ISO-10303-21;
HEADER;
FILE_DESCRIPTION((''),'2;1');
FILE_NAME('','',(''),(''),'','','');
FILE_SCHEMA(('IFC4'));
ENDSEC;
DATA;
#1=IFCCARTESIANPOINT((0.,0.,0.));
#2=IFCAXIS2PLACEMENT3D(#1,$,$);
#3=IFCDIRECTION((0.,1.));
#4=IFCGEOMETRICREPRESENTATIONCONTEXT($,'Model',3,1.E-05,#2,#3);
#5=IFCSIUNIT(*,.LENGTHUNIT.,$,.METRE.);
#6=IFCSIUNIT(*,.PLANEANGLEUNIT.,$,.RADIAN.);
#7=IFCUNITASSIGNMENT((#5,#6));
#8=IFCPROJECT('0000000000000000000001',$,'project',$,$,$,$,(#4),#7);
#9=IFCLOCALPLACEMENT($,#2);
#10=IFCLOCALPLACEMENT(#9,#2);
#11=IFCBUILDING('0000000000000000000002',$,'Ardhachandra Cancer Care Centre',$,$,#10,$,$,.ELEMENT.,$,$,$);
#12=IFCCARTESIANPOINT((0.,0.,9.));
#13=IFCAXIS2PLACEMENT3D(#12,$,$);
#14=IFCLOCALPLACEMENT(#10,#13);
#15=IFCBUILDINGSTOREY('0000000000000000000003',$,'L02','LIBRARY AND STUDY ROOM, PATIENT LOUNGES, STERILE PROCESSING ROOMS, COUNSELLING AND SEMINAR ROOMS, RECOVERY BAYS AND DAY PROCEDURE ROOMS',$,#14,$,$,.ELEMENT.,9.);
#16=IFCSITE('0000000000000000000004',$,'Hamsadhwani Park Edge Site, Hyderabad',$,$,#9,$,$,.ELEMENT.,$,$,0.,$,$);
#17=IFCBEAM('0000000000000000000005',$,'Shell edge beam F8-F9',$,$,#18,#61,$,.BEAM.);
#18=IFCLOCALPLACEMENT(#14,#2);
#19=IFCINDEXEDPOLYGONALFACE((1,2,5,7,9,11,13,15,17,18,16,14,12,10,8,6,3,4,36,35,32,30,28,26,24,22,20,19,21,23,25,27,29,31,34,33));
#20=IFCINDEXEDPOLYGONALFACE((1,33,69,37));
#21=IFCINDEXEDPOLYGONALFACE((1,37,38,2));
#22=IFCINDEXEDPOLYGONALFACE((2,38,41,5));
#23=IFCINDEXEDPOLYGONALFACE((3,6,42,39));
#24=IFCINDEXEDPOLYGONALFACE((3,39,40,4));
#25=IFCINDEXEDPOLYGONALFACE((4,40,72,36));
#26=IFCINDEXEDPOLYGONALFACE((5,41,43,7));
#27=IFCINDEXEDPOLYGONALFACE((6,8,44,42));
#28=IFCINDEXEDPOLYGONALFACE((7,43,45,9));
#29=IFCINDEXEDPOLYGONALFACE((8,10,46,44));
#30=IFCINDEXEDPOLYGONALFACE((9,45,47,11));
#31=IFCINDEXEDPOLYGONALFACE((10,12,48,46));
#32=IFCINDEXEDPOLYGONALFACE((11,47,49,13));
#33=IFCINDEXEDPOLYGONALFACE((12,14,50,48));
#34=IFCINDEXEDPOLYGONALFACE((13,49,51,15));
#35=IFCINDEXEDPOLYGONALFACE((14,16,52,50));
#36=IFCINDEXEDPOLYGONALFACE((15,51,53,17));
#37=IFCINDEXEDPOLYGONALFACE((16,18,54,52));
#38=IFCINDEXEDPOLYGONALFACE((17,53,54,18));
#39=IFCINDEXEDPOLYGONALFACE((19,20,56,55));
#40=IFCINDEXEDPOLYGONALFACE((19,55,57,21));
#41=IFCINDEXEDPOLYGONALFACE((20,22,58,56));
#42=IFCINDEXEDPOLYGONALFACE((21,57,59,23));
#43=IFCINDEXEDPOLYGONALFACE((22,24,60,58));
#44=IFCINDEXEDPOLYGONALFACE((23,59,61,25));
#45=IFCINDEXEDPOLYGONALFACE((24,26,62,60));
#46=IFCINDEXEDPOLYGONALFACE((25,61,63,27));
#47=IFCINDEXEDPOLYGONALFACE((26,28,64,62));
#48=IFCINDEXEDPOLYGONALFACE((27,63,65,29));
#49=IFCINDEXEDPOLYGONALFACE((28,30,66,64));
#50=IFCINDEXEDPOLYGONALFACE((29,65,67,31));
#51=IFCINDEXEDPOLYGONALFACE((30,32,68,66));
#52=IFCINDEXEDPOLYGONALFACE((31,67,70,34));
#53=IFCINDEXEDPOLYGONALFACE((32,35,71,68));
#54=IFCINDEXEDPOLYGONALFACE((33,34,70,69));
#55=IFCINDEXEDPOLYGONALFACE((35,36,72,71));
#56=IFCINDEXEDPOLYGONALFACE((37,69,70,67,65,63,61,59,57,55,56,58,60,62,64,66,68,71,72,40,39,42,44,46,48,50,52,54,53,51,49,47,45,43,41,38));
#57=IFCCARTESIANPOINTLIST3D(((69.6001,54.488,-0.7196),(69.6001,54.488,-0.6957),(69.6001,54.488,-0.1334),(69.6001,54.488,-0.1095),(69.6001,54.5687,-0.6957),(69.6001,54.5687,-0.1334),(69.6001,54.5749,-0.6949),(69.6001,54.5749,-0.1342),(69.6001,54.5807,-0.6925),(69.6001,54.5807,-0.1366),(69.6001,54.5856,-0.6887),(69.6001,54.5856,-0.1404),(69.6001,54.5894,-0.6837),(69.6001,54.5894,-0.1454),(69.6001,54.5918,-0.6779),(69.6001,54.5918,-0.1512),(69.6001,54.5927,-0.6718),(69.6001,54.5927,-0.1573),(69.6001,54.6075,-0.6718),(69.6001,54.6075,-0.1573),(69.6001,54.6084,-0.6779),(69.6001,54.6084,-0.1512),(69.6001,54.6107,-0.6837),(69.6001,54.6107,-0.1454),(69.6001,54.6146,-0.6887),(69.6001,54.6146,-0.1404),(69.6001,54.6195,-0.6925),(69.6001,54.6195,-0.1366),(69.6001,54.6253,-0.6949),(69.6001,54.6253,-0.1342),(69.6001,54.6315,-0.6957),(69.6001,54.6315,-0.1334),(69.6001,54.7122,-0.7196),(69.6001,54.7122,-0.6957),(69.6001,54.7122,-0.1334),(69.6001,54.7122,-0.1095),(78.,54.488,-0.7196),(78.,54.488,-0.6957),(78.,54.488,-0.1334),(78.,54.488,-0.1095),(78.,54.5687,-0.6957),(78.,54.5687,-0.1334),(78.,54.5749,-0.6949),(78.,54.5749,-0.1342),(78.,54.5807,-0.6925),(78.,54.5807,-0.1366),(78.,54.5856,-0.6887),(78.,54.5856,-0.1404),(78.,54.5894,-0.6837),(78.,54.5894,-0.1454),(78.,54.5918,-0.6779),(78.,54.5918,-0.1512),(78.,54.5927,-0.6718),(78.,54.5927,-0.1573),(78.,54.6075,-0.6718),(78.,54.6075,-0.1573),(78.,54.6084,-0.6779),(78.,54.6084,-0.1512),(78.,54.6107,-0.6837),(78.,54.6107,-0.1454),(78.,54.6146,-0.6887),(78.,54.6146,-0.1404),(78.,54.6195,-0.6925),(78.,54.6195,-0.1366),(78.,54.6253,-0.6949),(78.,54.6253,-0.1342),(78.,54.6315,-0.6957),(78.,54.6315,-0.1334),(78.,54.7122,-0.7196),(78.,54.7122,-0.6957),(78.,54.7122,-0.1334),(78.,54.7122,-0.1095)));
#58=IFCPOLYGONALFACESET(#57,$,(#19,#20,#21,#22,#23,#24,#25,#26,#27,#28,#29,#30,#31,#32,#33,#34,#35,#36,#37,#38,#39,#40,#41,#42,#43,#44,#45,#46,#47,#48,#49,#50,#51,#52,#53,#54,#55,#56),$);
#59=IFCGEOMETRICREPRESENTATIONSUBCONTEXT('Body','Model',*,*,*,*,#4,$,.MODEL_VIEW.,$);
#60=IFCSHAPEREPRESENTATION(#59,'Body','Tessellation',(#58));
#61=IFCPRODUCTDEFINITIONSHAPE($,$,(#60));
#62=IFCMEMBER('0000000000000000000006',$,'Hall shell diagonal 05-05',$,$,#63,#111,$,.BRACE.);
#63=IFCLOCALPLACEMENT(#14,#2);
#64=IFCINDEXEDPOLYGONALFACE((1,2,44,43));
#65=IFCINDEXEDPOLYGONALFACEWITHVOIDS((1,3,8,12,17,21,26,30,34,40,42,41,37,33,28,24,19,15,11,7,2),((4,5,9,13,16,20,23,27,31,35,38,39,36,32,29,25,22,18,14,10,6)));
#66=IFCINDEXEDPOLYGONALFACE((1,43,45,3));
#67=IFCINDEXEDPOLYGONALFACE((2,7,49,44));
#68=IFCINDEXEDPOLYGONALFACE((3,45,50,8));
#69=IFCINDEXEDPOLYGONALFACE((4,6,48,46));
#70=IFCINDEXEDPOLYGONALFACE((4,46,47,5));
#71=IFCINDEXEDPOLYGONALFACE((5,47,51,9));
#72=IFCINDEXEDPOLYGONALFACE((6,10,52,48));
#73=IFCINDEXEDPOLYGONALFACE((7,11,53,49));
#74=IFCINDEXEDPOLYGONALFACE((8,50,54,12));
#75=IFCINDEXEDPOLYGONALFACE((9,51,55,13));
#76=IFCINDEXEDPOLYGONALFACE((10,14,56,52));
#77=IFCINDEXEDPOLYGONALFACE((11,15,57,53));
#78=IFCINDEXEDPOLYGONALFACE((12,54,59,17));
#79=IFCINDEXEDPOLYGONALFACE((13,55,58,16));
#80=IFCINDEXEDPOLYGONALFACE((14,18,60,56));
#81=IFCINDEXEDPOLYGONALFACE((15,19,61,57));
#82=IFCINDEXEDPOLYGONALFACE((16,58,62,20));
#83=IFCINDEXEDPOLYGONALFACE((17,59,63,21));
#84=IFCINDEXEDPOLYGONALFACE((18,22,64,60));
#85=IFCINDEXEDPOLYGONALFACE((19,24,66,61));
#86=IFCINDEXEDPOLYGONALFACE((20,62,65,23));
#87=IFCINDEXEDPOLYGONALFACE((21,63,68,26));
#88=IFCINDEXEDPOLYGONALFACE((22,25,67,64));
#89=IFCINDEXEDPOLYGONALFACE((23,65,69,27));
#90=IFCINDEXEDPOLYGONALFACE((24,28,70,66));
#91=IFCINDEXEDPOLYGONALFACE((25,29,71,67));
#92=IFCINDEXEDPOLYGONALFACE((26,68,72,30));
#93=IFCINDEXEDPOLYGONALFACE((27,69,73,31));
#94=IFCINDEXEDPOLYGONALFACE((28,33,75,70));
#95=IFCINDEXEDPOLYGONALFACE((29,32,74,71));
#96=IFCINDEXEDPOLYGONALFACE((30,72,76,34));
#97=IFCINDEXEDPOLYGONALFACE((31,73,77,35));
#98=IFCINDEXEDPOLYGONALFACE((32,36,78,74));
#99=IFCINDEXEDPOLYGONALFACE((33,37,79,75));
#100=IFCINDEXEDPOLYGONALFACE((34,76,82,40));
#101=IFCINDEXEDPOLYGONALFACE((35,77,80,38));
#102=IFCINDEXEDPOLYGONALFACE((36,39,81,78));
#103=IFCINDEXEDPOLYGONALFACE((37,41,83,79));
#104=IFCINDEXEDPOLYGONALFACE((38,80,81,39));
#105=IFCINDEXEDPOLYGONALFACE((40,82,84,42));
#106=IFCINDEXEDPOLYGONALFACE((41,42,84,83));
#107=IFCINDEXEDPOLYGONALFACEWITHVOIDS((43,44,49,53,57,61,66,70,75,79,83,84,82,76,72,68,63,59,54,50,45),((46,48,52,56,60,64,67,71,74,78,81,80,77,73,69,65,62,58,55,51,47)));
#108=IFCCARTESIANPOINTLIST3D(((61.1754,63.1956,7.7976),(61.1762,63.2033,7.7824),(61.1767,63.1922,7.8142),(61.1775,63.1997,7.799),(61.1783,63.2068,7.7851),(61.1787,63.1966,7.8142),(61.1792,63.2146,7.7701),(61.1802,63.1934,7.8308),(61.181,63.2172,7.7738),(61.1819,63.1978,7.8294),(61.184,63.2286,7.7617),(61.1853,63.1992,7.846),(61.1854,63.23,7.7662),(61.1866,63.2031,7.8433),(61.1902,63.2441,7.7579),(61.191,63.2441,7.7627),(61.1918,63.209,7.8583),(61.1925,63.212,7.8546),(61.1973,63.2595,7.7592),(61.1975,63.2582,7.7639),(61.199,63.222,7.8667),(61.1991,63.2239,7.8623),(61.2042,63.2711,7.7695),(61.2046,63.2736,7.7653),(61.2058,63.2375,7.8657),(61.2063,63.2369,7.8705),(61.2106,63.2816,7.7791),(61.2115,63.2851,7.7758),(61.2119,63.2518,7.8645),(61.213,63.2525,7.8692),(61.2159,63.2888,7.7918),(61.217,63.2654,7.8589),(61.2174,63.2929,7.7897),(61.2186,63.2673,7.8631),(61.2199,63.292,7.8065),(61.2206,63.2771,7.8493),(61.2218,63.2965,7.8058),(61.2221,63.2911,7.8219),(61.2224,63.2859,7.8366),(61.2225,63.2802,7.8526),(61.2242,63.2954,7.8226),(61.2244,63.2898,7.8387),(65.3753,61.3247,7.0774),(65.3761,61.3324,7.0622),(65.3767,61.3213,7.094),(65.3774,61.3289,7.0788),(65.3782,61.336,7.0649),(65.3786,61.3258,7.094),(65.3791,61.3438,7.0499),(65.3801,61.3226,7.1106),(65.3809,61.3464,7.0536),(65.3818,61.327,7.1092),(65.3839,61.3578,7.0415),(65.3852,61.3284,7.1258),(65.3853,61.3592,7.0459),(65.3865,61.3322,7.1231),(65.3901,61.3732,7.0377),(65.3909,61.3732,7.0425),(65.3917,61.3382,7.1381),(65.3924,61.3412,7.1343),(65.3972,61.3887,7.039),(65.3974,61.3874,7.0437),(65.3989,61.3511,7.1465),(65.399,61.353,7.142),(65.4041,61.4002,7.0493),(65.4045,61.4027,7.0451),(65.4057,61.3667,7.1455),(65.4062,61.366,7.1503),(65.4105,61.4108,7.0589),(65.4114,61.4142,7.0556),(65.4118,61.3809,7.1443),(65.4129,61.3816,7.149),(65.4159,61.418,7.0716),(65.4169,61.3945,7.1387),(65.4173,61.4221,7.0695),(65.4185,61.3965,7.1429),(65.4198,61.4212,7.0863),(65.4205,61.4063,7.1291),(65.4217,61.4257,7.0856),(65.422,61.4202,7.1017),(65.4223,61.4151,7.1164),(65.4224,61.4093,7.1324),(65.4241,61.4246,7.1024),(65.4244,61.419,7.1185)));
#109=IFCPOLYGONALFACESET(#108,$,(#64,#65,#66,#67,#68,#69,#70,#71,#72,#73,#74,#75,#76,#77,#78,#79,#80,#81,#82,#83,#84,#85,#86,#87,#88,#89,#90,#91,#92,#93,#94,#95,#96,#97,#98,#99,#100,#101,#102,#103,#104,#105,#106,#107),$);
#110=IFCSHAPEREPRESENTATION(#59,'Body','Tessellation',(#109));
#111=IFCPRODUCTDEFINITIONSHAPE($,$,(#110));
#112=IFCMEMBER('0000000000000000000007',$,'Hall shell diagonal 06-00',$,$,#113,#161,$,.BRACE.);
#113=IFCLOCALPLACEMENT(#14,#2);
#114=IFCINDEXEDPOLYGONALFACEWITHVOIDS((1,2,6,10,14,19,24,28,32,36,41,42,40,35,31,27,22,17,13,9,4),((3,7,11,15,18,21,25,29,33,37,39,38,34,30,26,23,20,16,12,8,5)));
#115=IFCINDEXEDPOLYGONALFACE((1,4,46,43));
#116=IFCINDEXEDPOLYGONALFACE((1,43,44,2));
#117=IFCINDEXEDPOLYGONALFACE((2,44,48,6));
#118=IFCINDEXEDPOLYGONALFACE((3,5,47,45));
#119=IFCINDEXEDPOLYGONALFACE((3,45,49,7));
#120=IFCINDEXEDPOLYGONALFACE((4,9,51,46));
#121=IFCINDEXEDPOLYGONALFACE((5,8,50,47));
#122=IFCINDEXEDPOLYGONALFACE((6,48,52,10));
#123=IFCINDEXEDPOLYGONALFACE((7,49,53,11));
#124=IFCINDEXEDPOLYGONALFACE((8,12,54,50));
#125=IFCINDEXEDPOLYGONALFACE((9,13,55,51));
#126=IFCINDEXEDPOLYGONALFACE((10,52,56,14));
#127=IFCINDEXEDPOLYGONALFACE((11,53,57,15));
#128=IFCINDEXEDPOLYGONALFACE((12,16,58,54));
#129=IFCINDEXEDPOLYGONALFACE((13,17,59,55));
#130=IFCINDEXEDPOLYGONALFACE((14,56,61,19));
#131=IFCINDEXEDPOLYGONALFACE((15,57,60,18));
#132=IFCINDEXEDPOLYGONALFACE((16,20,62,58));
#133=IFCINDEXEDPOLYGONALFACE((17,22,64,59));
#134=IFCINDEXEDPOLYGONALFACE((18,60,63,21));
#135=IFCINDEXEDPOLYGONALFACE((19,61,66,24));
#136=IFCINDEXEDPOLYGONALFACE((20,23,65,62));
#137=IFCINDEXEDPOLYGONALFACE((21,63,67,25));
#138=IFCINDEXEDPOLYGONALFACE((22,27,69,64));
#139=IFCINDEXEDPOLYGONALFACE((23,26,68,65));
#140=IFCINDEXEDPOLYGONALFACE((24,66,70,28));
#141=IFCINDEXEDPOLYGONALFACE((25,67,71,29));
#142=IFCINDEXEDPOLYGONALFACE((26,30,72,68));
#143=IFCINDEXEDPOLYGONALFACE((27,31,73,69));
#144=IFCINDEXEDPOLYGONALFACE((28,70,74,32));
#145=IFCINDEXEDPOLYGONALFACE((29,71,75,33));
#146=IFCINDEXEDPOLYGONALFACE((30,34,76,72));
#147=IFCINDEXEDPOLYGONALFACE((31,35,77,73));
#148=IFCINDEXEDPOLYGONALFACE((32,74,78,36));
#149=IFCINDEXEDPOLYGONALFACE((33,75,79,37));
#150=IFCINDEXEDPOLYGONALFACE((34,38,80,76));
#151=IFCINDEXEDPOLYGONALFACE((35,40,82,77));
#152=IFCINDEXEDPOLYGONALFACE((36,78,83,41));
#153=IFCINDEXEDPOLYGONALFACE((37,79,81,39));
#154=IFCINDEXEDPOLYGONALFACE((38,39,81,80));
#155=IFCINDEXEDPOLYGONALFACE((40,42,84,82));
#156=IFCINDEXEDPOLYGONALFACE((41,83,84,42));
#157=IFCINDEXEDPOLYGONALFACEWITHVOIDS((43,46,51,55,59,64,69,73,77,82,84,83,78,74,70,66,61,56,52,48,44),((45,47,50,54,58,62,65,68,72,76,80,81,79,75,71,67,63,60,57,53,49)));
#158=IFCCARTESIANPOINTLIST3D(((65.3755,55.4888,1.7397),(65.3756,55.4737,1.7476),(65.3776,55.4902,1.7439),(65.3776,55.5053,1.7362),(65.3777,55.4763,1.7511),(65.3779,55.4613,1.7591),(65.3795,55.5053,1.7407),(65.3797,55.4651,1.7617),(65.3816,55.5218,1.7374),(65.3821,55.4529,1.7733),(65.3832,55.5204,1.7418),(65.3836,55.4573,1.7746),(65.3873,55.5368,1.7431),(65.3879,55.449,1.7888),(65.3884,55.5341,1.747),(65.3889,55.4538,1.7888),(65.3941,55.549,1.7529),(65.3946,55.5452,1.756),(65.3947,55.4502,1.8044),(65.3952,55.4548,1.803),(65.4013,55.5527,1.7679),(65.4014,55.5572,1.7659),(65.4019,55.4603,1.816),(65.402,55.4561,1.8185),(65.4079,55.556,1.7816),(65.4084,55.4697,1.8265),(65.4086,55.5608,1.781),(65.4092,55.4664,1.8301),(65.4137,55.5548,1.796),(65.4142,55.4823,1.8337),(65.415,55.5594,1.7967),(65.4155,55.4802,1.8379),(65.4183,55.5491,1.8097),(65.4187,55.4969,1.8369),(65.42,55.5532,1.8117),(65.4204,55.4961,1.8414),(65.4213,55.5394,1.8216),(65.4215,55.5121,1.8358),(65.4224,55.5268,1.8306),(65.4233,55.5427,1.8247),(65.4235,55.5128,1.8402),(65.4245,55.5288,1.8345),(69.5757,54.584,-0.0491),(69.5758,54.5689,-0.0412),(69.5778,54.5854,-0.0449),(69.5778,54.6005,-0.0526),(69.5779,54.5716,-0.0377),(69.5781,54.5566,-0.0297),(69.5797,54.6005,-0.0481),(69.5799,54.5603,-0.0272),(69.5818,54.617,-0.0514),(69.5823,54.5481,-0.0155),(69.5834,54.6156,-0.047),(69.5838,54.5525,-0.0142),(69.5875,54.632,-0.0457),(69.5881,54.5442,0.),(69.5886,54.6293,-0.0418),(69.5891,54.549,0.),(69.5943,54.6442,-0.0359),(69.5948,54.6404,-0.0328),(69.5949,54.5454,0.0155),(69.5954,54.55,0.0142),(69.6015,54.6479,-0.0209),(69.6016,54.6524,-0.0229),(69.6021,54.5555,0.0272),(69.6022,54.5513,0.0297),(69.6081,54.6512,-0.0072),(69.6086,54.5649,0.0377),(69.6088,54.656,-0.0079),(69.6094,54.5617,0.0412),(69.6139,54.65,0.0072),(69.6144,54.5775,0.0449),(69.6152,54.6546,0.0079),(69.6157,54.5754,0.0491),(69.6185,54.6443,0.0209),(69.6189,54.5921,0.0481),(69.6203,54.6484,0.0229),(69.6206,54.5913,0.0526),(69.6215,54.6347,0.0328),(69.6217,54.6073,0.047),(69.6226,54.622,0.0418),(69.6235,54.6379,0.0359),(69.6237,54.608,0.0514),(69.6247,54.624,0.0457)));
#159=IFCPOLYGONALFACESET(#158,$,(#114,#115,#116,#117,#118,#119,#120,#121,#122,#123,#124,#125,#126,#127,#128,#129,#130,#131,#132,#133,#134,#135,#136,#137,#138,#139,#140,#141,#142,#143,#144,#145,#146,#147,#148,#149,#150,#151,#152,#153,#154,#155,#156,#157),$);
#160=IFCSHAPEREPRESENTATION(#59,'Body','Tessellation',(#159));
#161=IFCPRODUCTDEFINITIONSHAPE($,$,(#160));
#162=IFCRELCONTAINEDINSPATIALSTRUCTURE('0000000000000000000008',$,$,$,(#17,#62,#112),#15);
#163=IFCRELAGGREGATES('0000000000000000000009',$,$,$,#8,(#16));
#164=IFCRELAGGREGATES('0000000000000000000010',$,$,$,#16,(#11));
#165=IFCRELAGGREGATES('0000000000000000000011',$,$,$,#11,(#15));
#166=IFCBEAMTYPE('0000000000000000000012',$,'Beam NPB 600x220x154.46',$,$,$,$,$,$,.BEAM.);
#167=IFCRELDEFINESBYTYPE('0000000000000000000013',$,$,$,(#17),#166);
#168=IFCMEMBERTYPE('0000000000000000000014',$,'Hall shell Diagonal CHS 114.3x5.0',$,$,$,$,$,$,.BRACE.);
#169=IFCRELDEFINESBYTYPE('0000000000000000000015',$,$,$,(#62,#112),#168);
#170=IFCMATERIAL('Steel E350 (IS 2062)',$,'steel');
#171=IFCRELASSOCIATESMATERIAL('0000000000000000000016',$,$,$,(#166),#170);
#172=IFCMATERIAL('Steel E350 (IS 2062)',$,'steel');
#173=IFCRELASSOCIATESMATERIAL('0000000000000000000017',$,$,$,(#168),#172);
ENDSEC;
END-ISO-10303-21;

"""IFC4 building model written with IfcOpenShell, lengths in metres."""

from ifc_helpers import new_model, si_unit, direction, frame, origin, origin_2d, place, context, subcontext, project, spatial, hollow_circle, i_section, extrude, material, material_profile, profile_set, type_object, element, save


model = new_model("IFC4")

# Units and contexts
model_context = context("Model", 3, precision=1e-05, world=origin(), true_north=direction((0.0, 1.0)))
body_context = subcontext(model_context, "Body", "Model", "MODEL_VIEW")
ifc_project = project(units=[si_unit("LENGTHUNIT", "METRE"), si_unit("PLANEANGLEUNIT", "RADIAN")], contexts=[model_context])

# Site, building, storey
site_placement = place(None, origin())
site = spatial("IfcSite", under=ifc_project, at=site_placement, Name="Hamsadhwani Park Edge Site, Hyderabad", CompositionType="ELEMENT", RefElevation=0.0)
building_placement = place(site_placement, origin())
building = spatial("IfcBuilding", under=site, at=building_placement, Name="Ardhachandra Cancer Care Centre", CompositionType="ELEMENT")
storey_placement = place(building_placement, frame((0.0, 0.0, 9.0)))
storey = spatial("IfcBuildingStorey", under=building, at=storey_placement, Name="L02", Description="LIBRARY AND STUDY ROOM, PATIENT LOUNGES, STERILE PROCESSING ROOMS, COUNSELLING AND SEMINAR ROOMS, RECOVERY BAYS AND DAY PROCEDURE ROOMS", CompositionType="ELEMENT", Elevation=9.0)

# Beam
ifc_material_1 = material(Name="Steel E350 (IS 2062)", Category="steel")
ifc_material_profile_1 = material_profile(ifc_material_1, i_section(OverallWidth=0.2241, OverallDepth=0.6101, WebThickness=0.0149, FlangeThickness=0.0239, FilletRadius=0.0239, at=origin_2d()), Name="NPB 600x220x154.46")
ifc_profile_set_1 = profile_set([ifc_material_profile_1], Name="Steel E350 (IS 2062)")
beam_type = type_object("IfcBeamType", Name="Beam NPB 600x220x154.46", PredefinedType="BEAM", material=ifc_profile_set_1)
beam_placement = place(storey_placement, frame((69.6001, 54.6001, -0.4146), z_axis=(1.0, 0.0, 0.0), x_axis=(0.0, 1.0, 0.0)))
element("IfcBeam", 1, at=beam_placement, inside=storey, type_object=beam_type, Name="Shell edge beam F8-F9", PredefinedType="BEAM", context=body_context, shape_type="SweptSolid", body=[
    extrude(i_section(OverallWidth=0.2241, OverallDepth=0.6101, WebThickness=0.0149, FlangeThickness=0.0239, FilletRadius=0.0239, at=origin_2d()), origin(), (0.0, 0.0, 1.0), 8.3999),
])

# Members
ifc_material_2 = material(Name="Steel E350 (IS 2062)", Category="steel")
ifc_material_profile_2 = material_profile(ifc_material_2, hollow_circle(Radius=0.0571, WallThickness=0.0049, at=origin_2d()), Name="CHS 114.3x5.0")
ifc_profile_set_2 = profile_set([ifc_material_profile_2], Name="Steel E350 (IS 2062)")
member_type_1 = type_object("IfcMemberType", Name="Hall shell Diagonal CHS 114.3x5.0", PredefinedType="BRACE", material=ifc_profile_set_2)
member_1_placement = place(storey_placement, frame((65.3999, 61.3735, 7.094), z_axis=(-0.902467, 0.402, 0.154757), x_axis=(-0.406902, -0.913472, 0.0)))
element("IfcMember", 2, at=member_1_placement, inside=storey, type_object=member_type_1, Name="Hall shell diagonal 05-05", PredefinedType="BRACE", context=body_context, shape_type="SweptSolid", body=[
    extrude(hollow_circle(Radius=0.0571, WallThickness=0.0049, at=origin_2d()), origin(), (0.0, 0.0, 1.0), 4.6538),
])
for number, where, z_axis, x_axis, name in (
    (3, (69.6001, 54.6001, 0.0), (-0.902482, 0.194408, 0.384358), (-0.210584, -0.977576, 0.0), "Hall shell diagonal 06-00"),
):
    element("IfcMember", number, at=place(storey_placement, frame(where, z_axis=z_axis, x_axis=x_axis)), inside=storey, type_object=member_type_1, Name=name, PredefinedType="BRACE", context=body_context, shape_type="SweptSolid", body=[
        extrude(hollow_circle(Radius=0.0571, WallThickness=0.0049, at=origin_2d()), origin(), (0.0, 0.0, 1.0), 4.6541),
    ])

save(model, "model.ifc")
